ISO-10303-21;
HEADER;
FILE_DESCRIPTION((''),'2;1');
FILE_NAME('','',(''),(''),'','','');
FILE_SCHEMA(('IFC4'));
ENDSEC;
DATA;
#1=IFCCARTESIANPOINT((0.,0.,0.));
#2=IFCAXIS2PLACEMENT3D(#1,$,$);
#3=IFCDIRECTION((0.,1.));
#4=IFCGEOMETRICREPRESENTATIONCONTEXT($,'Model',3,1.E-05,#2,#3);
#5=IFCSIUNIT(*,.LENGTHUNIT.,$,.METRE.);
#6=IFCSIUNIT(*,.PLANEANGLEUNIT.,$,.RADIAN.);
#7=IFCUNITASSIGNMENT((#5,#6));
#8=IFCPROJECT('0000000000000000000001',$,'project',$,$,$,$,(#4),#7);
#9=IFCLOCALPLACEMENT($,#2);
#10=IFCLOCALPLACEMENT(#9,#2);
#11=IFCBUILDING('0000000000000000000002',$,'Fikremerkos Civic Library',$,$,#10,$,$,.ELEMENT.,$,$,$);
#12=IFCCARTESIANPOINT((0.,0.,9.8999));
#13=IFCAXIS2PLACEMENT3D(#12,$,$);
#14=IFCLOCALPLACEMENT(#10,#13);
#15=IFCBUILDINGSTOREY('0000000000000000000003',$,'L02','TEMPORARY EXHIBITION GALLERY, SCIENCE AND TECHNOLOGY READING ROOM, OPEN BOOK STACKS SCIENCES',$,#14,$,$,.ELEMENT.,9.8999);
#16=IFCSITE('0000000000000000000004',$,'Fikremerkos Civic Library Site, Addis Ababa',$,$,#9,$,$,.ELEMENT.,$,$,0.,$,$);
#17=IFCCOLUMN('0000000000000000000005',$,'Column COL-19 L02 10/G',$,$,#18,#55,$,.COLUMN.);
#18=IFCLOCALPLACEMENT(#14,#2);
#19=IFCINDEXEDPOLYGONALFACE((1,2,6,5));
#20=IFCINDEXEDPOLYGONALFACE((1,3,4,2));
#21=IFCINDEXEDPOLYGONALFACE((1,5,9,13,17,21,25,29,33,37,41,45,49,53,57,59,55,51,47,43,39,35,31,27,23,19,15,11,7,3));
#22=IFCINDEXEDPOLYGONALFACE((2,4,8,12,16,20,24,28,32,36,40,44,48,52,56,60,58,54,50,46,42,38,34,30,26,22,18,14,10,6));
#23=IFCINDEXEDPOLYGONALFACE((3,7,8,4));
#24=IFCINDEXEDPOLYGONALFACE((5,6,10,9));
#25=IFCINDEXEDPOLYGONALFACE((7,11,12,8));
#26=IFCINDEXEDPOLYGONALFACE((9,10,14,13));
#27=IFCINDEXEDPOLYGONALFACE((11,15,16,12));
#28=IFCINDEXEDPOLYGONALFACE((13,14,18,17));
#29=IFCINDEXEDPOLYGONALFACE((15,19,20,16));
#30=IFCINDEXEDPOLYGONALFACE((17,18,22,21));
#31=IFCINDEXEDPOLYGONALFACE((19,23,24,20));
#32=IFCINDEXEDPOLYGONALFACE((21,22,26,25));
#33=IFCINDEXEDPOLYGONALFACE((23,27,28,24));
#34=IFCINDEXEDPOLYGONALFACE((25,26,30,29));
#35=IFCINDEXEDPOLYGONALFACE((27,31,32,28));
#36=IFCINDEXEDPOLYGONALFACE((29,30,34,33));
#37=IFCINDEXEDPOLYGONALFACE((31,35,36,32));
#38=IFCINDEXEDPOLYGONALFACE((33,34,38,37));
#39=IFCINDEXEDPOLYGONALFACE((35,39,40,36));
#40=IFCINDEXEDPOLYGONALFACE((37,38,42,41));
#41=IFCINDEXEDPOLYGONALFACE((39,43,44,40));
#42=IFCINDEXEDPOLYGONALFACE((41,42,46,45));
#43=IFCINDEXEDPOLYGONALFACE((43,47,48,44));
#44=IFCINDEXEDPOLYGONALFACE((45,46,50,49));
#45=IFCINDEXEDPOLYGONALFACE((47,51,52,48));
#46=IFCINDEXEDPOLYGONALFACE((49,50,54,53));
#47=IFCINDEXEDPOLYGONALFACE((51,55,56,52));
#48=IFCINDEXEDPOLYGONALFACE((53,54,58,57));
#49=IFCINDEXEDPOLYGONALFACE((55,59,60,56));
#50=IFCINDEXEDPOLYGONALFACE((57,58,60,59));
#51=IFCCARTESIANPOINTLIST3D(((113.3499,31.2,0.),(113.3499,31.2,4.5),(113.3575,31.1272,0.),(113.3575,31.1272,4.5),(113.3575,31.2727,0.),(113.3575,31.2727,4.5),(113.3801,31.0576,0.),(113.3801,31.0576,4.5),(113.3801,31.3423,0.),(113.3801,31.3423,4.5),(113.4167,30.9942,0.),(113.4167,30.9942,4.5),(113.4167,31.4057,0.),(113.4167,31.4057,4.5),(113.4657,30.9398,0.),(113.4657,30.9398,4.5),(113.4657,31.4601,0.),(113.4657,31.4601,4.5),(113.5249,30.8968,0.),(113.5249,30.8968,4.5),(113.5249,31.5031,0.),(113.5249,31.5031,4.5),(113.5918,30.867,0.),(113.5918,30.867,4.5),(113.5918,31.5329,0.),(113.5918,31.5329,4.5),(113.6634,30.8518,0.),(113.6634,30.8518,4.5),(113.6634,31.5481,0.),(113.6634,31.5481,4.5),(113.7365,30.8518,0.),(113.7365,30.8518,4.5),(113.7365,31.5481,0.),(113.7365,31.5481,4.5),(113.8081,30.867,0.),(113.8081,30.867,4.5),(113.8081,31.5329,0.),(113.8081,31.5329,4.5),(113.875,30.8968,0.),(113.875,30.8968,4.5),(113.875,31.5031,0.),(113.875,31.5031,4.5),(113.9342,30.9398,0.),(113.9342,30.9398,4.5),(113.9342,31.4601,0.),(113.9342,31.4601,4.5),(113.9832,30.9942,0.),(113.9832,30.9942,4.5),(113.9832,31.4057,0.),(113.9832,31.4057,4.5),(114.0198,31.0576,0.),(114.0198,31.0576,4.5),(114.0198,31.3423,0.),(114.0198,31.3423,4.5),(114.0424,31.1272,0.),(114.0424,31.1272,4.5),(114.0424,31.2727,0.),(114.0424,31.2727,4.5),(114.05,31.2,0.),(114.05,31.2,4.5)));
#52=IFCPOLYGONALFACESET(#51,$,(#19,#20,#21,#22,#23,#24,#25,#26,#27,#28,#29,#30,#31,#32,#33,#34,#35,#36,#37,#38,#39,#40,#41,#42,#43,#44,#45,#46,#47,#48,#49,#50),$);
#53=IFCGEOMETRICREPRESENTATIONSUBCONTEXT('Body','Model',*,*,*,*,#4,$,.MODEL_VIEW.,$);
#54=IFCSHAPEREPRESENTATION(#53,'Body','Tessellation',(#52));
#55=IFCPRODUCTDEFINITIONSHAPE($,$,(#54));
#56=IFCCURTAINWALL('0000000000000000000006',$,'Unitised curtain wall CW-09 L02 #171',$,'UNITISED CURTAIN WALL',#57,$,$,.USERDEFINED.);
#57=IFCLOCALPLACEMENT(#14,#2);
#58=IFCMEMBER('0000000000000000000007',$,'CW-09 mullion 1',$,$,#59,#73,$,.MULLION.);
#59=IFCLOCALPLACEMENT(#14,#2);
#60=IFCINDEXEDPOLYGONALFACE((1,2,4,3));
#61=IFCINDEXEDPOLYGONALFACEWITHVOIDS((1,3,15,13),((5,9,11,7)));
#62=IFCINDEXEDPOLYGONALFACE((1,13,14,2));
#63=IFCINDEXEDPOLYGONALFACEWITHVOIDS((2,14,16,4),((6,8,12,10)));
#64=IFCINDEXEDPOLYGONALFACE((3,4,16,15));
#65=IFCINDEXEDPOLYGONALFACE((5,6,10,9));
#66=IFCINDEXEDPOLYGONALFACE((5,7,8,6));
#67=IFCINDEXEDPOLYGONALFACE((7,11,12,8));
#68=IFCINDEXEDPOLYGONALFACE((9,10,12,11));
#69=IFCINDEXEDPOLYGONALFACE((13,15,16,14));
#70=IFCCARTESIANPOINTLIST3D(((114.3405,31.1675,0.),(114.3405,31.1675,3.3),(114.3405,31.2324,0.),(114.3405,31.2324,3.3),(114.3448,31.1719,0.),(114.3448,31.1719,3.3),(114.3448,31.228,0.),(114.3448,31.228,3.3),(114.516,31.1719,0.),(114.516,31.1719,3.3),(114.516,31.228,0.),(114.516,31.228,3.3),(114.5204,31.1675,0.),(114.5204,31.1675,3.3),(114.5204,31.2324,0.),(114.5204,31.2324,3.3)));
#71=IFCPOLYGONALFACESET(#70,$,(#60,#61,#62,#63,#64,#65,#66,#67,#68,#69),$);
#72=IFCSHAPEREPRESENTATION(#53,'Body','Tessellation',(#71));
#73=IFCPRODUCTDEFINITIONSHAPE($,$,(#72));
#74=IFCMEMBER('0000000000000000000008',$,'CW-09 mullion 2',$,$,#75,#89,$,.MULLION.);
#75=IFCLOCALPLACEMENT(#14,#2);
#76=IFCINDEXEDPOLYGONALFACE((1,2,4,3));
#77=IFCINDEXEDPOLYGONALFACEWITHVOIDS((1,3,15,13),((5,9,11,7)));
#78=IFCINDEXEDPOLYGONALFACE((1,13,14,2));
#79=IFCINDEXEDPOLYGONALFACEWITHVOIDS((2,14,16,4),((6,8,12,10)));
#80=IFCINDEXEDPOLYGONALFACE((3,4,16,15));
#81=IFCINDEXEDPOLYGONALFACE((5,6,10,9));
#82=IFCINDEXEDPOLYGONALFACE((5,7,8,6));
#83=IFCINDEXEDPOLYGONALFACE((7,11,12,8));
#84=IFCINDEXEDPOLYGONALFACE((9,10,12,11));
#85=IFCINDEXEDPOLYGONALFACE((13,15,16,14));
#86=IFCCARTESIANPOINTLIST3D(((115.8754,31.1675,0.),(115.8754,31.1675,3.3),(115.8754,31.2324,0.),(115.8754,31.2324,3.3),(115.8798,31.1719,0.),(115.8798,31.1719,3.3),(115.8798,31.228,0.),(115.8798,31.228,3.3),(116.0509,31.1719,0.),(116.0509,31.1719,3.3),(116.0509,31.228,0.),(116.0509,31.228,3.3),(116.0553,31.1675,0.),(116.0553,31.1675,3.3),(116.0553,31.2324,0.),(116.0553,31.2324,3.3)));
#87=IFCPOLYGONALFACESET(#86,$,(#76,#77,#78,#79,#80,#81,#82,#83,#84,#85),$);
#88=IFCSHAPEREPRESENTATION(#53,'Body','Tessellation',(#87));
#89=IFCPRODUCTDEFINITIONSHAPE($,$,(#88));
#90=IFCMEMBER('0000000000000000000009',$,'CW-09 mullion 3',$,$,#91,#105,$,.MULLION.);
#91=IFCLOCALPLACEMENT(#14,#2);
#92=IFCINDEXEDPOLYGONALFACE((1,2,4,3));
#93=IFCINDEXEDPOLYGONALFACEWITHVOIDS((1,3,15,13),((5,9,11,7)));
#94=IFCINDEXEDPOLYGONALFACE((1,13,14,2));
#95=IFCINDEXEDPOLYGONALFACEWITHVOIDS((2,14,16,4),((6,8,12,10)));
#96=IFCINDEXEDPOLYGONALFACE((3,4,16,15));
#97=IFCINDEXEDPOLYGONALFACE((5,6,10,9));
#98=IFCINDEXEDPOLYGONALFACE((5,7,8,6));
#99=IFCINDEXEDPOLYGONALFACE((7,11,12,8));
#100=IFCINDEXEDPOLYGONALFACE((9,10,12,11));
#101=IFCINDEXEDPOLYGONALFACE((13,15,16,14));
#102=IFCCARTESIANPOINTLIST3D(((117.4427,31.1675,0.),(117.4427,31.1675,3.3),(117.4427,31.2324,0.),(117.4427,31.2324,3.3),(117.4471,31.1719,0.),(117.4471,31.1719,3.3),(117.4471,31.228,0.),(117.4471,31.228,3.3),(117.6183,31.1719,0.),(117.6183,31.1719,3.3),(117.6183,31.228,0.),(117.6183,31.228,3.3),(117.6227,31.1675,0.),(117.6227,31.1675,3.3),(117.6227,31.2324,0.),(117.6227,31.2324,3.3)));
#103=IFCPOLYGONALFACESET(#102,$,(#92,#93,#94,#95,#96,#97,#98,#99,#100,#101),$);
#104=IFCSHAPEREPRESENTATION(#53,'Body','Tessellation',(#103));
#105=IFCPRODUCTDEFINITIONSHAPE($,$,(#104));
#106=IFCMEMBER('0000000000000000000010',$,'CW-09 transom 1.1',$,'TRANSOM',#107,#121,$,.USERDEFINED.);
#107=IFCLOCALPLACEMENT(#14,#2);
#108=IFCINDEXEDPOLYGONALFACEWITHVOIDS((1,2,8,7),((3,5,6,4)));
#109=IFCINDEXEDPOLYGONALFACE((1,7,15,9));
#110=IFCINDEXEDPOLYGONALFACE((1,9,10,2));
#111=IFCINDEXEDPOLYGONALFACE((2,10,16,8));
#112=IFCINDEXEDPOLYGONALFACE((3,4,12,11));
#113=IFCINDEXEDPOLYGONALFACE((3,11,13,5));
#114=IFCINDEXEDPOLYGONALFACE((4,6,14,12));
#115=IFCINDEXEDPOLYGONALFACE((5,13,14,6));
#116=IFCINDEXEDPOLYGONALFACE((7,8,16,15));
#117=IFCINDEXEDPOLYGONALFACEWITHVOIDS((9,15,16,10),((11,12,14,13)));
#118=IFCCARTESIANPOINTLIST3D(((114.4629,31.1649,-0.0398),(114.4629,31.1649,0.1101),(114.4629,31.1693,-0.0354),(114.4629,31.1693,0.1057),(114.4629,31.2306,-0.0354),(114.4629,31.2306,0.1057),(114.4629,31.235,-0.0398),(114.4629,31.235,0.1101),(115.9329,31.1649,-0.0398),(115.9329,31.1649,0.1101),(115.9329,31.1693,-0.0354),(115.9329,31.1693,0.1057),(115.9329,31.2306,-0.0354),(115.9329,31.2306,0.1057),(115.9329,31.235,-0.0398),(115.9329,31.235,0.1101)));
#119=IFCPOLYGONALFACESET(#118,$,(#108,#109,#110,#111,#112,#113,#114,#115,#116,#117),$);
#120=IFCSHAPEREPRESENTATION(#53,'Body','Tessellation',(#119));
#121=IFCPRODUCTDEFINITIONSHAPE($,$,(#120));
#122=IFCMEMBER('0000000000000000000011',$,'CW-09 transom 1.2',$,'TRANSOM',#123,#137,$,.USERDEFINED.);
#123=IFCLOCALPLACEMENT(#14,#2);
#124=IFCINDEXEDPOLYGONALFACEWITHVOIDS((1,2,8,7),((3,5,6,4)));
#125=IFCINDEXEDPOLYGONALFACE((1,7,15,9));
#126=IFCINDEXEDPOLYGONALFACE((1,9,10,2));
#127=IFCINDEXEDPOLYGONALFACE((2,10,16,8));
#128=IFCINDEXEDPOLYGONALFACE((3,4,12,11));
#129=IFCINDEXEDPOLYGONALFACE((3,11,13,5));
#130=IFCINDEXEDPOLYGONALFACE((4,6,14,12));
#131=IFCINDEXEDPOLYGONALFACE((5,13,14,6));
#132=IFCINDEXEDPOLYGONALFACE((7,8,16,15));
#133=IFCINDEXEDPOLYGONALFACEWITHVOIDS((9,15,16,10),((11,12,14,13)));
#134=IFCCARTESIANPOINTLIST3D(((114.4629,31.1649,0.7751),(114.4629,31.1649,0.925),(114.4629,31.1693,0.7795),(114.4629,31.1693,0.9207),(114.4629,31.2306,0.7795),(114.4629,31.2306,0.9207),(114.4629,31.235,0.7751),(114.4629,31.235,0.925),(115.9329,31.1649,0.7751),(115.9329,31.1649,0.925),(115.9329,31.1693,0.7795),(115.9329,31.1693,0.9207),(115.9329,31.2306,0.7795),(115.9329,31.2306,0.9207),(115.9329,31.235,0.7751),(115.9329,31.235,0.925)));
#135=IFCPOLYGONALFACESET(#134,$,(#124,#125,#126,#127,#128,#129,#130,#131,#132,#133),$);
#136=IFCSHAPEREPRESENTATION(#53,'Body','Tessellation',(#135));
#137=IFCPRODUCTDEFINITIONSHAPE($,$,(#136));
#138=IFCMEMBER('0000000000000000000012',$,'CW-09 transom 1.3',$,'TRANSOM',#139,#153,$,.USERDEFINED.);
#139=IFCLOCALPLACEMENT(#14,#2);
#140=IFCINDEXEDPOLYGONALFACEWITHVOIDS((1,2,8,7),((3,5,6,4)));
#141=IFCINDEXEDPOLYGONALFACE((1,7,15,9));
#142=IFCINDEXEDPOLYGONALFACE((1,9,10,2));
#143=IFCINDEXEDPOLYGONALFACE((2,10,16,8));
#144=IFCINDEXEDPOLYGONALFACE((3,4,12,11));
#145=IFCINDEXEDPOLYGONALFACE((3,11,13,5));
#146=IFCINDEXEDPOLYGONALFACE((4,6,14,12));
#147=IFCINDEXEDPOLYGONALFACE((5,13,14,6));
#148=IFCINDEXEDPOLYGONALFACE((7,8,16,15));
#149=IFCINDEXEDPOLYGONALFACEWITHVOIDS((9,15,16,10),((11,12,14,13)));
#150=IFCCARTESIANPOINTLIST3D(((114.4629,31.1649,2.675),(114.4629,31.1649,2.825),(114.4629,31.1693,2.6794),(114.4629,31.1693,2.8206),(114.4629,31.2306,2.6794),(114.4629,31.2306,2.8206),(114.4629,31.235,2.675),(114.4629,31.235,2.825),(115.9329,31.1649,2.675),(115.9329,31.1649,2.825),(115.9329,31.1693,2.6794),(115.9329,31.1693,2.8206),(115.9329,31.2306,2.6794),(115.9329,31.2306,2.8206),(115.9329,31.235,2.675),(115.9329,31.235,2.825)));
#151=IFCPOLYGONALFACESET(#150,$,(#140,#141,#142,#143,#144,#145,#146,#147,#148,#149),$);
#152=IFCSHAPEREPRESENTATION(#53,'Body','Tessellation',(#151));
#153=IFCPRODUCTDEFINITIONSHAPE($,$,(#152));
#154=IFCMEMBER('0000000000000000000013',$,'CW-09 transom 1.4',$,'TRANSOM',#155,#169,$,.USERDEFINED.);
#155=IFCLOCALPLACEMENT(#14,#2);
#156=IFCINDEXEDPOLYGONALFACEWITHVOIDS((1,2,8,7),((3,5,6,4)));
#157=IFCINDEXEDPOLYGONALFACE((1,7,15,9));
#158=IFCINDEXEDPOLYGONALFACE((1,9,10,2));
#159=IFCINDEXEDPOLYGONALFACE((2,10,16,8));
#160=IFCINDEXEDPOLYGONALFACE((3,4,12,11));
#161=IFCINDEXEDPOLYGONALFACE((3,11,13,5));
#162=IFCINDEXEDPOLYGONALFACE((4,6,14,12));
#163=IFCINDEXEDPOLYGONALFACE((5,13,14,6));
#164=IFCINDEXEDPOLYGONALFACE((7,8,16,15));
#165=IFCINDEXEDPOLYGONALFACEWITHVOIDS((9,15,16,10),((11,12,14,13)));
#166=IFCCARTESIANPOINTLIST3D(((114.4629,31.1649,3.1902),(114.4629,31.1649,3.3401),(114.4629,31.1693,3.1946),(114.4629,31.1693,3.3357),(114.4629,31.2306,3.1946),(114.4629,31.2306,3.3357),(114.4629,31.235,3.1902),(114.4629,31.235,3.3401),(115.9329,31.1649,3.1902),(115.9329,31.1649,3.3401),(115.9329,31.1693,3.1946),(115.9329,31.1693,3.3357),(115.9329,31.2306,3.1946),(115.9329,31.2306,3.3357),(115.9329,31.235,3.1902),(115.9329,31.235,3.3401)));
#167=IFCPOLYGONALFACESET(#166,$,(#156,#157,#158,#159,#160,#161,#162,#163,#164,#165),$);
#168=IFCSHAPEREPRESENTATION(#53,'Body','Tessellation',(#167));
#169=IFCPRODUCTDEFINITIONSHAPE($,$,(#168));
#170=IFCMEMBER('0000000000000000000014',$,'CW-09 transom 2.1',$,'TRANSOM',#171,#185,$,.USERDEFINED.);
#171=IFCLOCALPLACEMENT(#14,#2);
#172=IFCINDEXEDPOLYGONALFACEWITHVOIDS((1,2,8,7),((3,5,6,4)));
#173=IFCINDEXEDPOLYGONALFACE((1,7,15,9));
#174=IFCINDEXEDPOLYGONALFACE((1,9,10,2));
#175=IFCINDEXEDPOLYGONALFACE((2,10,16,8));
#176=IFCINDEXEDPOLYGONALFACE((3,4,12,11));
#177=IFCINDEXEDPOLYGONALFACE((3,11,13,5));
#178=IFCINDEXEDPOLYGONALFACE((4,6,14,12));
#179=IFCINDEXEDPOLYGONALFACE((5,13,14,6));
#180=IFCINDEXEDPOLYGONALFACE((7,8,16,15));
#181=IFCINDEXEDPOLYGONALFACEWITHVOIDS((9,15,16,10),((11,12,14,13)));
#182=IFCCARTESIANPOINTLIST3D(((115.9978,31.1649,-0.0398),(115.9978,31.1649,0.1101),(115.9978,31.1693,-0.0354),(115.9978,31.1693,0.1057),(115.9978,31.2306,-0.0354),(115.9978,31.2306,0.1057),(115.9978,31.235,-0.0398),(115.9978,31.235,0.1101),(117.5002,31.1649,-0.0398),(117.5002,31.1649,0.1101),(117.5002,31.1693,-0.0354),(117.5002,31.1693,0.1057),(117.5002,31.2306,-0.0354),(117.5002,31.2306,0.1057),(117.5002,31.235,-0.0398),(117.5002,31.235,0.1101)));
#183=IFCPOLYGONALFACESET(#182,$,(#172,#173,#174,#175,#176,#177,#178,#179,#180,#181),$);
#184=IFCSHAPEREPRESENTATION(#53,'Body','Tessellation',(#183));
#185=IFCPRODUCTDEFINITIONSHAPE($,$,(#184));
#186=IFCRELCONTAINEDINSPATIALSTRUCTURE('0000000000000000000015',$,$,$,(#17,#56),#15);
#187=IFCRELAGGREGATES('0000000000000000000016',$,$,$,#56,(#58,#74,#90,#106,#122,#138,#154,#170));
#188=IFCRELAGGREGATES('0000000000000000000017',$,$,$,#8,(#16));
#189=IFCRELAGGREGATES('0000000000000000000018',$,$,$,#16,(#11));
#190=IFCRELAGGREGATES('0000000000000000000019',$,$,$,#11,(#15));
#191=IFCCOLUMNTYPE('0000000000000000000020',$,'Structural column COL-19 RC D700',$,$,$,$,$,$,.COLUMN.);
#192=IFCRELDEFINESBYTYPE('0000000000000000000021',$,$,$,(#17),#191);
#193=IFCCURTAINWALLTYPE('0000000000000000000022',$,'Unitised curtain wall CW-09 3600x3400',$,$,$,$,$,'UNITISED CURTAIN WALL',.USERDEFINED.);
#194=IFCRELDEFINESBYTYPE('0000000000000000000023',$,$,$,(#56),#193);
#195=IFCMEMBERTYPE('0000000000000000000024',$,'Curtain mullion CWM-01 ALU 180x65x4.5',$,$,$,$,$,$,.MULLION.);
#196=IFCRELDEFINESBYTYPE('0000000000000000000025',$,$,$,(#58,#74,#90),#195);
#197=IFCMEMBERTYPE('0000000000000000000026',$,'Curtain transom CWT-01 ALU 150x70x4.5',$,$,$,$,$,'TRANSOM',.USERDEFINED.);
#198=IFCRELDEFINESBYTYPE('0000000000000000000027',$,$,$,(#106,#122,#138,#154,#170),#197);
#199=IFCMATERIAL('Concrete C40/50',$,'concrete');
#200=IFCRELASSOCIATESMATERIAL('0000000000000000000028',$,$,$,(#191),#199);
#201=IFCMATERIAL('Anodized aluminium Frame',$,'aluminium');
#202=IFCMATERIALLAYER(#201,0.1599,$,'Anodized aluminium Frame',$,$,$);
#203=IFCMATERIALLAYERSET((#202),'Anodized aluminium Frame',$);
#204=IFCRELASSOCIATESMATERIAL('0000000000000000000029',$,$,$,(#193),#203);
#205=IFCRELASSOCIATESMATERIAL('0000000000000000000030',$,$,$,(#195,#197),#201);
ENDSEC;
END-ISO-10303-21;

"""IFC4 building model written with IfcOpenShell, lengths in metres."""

from ifc_helpers import new_model, si_unit, direction, frame, origin, origin_2d, place, context, subcontext, project, spatial, hollow_rectangle, circle, extrude, material, layer, layer_set, material_profile, profile_set, type_object, element, aggregate, save


model = new_model("IFC4")

# Units and contexts
model_context = context("Model", 3, precision=1e-05, world=origin(), true_north=direction((0.0, 1.0)))
body_context = subcontext(model_context, "Body", "Model", "MODEL_VIEW")
ifc_project = project(units=[si_unit("LENGTHUNIT", "METRE"), si_unit("PLANEANGLEUNIT", "RADIAN")], contexts=[model_context])

# Site, building, storey
site_placement = place(None, origin())
site = spatial("IfcSite", under=ifc_project, at=site_placement, Name="Fikremerkos Civic Library Site, Addis Ababa", CompositionType="ELEMENT", RefElevation=0.0)
building_placement = place(site_placement, origin())
building = spatial("IfcBuilding", under=site, at=building_placement, Name="Fikremerkos Civic Library", CompositionType="ELEMENT")
storey_placement = place(building_placement, frame((0.0, 0.0, 9.8999)))
storey = spatial("IfcBuildingStorey", under=building, at=storey_placement, Name="L02", Description="TEMPORARY EXHIBITION GALLERY, SCIENCE AND TECHNOLOGY READING ROOM, OPEN BOOK STACKS SCIENCES", CompositionType="ELEMENT", Elevation=9.8999)

# Column
ifc_material_1 = material(Name="Concrete C40/50", Category="concrete")
ifc_material_profile_1 = material_profile(ifc_material_1, circle(Radius=0.3501, at=origin_2d()), Name="RC D700")
ifc_profile_set_1 = profile_set([ifc_material_profile_1], Name="Concrete C40/50")
column_type = type_object("IfcColumnType", Name="Structural column COL-19 RC D700", PredefinedType="COLUMN", material=ifc_profile_set_1)
column_placement = place(storey_placement, frame((113.7, 31.2, 0.0), z_axis=(0.0, 0.0, 1.0), x_axis=(1.0, 0.0, 0.0)))
element("IfcColumn", 1, at=column_placement, inside=storey, type_object=column_type, Name="Column COL-19 L02 10/G", PredefinedType="COLUMN", context=body_context, shape_type="SweptSolid", body=[
    extrude(circle(Radius=0.3501, at=origin_2d()), origin(), (0.0, 0.0, 1.0), 4.5),
])

# Curtain wall, members
ifc_material_2 = material(Name="Anodized aluminium Frame", Category="aluminium")
ifc_layer_1 = layer(ifc_material_2, 0.1599, Name="Anodized aluminium Frame")
ifc_layer_set_1 = layer_set([ifc_layer_1], Name="Anodized aluminium Frame")
curtain_wall_type = type_object("IfcCurtainWallType", Name="Unitised curtain wall CW-09 3600x3400", ElementType="UNITISED CURTAIN WALL", PredefinedType="USERDEFINED", material=ifc_layer_set_1)
curtain_wall_placement = place(storey_placement, origin())
curtain_wall = element("IfcCurtainWall", 2, at=curtain_wall_placement, inside=storey, type_object=curtain_wall_type, Name="Unitised curtain wall CW-09 L02 #171", ObjectType="UNITISED CURTAIN WALL", PredefinedType="USERDEFINED")
ifc_material_profile_2 = material_profile(ifc_material_2, hollow_rectangle(XDim=0.0649, YDim=0.1799, WallThickness=0.0044, at=origin_2d()), Name="ALU 180x65x4.5")
ifc_profile_set_2 = profile_set([ifc_material_profile_2], Name="Anodized aluminium Frame")
member_type_1 = type_object("IfcMemberType", Name="Curtain mullion CWM-01 ALU 180x65x4.5", PredefinedType="MULLION", material=ifc_profile_set_2)
member_1_placement = place(storey_placement, frame((114.4304, 31.2, 0.0), z_axis=(0.0, 0.0, 1.0), x_axis=(0.0, 1.0, 0.0)))
member_1 = element("IfcMember", 3, at=member_1_placement, type_object=member_type_1, Name="CW-09 mullion 1", PredefinedType="MULLION", context=body_context, shape_type="SweptSolid", body=[
    extrude(hollow_rectangle(XDim=0.0649, YDim=0.1799, WallThickness=0.0044, at=origin_2d()), origin(), (0.0, 0.0, 1.0), 3.3),
])
member_2_placement = place(storey_placement, frame((115.9653, 31.2, 0.0), z_axis=(0.0, 0.0, 1.0), x_axis=(0.0, 1.0, 0.0)))
member_2 = element("IfcMember", 4, at=member_2_placement, type_object=member_type_1, Name="CW-09 mullion 2", PredefinedType="MULLION", context=body_context, shape_type="SweptSolid", body=[
    extrude(hollow_rectangle(XDim=0.0649, YDim=0.1799, WallThickness=0.0044, at=origin_2d()), origin(), (0.0, 0.0, 1.0), 3.3),
])
member_3_placement = place(storey_placement, frame((117.5327, 31.2, 0.0), z_axis=(0.0, 0.0, 1.0), x_axis=(0.0, 1.0, 0.0)))
member_3 = element("IfcMember", 5, at=member_3_placement, type_object=member_type_1, Name="CW-09 mullion 3", PredefinedType="MULLION", context=body_context, shape_type="SweptSolid", body=[
    extrude(hollow_rectangle(XDim=0.0649, YDim=0.1799, WallThickness=0.0044, at=origin_2d()), origin(), (0.0, 0.0, 1.0), 3.3),
])
ifc_material_profile_3 = material_profile(ifc_material_2, hollow_rectangle(XDim=0.0701, YDim=0.1499, WallThickness=0.0044, at=origin_2d()), Name="ALU 150x70x4.5")
ifc_profile_set_3 = profile_set([ifc_material_profile_3], Name="Anodized aluminium Frame")
member_type_2 = type_object("IfcMemberType", Name="Curtain transom CWT-01 ALU 150x70x4.5", ElementType="TRANSOM", PredefinedType="USERDEFINED", material=ifc_profile_set_3)
member_4_placement = place(storey_placement, frame((114.4629, 31.2, 0.0352), z_axis=(1.0, 0.0, 0.0), x_axis=(0.0, 1.0, 0.0)))
member_4 = element("IfcMember", 6, at=member_4_placement, type_object=member_type_2, Name="CW-09 transom 1.1", ObjectType="TRANSOM", PredefinedType="USERDEFINED", context=body_context, shape_type="SweptSolid", body=[
    extrude(hollow_rectangle(XDim=0.0701, YDim=0.1499, WallThickness=0.0044, at=origin_2d()), origin(), (0.0, 0.0, 1.0), 1.47),
])
member_5_placement = place(storey_placement, frame((114.4629, 31.2, 0.8501), z_axis=(1.0, 0.0, 0.0), x_axis=(0.0, 1.0, 0.0)))
member_5 = element("IfcMember", 7, at=member_5_placement, type_object=member_type_2, Name="CW-09 transom 1.2", ObjectType="TRANSOM", PredefinedType="USERDEFINED", context=body_context, shape_type="SweptSolid", body=[
    extrude(hollow_rectangle(XDim=0.0701, YDim=0.1499, WallThickness=0.0044, at=origin_2d()), origin(), (0.0, 0.0, 1.0), 1.47),
])
member_6_placement = place(storey_placement, frame((114.4629, 31.2, 2.75), z_axis=(1.0, 0.0, 0.0), x_axis=(0.0, 1.0, 0.0)))
member_6 = element("IfcMember", 8, at=member_6_placement, type_object=member_type_2, Name="CW-09 transom 1.3", ObjectType="TRANSOM", PredefinedType="USERDEFINED", context=body_context, shape_type="SweptSolid", body=[
    extrude(hollow_rectangle(XDim=0.0701, YDim=0.1499, WallThickness=0.0044, at=origin_2d()), origin(), (0.0, 0.0, 1.0), 1.47),
])
member_7_placement = place(storey_placement, frame((114.4629, 31.2, 3.2651), z_axis=(1.0, 0.0, 0.0), x_axis=(0.0, 1.0, 0.0)))
member_7 = element("IfcMember", 9, at=member_7_placement, type_object=member_type_2, Name="CW-09 transom 1.4", ObjectType="TRANSOM", PredefinedType="USERDEFINED", context=body_context, shape_type="SweptSolid", body=[
    extrude(hollow_rectangle(XDim=0.0701, YDim=0.1499, WallThickness=0.0044, at=origin_2d()), origin(), (0.0, 0.0, 1.0), 1.47),
])
member_8_placement = place(storey_placement, frame((115.9978, 31.2, 0.0352), z_axis=(1.0, 0.0, 0.0), x_axis=(0.0, 1.0, 0.0)))
member_8 = element("IfcMember", 10, at=member_8_placement, type_object=member_type_2, Name="CW-09 transom 2.1", ObjectType="TRANSOM", PredefinedType="USERDEFINED", context=body_context, shape_type="SweptSolid", body=[
    extrude(hollow_rectangle(XDim=0.0701, YDim=0.1499, WallThickness=0.0044, at=origin_2d()), origin(), (0.0, 0.0, 1.0), 1.5024),
])

aggregate(curtain_wall, [member_1, member_2, member_3, member_4, member_5, member_6, member_7, member_8])

save(model, "model.ifc")
